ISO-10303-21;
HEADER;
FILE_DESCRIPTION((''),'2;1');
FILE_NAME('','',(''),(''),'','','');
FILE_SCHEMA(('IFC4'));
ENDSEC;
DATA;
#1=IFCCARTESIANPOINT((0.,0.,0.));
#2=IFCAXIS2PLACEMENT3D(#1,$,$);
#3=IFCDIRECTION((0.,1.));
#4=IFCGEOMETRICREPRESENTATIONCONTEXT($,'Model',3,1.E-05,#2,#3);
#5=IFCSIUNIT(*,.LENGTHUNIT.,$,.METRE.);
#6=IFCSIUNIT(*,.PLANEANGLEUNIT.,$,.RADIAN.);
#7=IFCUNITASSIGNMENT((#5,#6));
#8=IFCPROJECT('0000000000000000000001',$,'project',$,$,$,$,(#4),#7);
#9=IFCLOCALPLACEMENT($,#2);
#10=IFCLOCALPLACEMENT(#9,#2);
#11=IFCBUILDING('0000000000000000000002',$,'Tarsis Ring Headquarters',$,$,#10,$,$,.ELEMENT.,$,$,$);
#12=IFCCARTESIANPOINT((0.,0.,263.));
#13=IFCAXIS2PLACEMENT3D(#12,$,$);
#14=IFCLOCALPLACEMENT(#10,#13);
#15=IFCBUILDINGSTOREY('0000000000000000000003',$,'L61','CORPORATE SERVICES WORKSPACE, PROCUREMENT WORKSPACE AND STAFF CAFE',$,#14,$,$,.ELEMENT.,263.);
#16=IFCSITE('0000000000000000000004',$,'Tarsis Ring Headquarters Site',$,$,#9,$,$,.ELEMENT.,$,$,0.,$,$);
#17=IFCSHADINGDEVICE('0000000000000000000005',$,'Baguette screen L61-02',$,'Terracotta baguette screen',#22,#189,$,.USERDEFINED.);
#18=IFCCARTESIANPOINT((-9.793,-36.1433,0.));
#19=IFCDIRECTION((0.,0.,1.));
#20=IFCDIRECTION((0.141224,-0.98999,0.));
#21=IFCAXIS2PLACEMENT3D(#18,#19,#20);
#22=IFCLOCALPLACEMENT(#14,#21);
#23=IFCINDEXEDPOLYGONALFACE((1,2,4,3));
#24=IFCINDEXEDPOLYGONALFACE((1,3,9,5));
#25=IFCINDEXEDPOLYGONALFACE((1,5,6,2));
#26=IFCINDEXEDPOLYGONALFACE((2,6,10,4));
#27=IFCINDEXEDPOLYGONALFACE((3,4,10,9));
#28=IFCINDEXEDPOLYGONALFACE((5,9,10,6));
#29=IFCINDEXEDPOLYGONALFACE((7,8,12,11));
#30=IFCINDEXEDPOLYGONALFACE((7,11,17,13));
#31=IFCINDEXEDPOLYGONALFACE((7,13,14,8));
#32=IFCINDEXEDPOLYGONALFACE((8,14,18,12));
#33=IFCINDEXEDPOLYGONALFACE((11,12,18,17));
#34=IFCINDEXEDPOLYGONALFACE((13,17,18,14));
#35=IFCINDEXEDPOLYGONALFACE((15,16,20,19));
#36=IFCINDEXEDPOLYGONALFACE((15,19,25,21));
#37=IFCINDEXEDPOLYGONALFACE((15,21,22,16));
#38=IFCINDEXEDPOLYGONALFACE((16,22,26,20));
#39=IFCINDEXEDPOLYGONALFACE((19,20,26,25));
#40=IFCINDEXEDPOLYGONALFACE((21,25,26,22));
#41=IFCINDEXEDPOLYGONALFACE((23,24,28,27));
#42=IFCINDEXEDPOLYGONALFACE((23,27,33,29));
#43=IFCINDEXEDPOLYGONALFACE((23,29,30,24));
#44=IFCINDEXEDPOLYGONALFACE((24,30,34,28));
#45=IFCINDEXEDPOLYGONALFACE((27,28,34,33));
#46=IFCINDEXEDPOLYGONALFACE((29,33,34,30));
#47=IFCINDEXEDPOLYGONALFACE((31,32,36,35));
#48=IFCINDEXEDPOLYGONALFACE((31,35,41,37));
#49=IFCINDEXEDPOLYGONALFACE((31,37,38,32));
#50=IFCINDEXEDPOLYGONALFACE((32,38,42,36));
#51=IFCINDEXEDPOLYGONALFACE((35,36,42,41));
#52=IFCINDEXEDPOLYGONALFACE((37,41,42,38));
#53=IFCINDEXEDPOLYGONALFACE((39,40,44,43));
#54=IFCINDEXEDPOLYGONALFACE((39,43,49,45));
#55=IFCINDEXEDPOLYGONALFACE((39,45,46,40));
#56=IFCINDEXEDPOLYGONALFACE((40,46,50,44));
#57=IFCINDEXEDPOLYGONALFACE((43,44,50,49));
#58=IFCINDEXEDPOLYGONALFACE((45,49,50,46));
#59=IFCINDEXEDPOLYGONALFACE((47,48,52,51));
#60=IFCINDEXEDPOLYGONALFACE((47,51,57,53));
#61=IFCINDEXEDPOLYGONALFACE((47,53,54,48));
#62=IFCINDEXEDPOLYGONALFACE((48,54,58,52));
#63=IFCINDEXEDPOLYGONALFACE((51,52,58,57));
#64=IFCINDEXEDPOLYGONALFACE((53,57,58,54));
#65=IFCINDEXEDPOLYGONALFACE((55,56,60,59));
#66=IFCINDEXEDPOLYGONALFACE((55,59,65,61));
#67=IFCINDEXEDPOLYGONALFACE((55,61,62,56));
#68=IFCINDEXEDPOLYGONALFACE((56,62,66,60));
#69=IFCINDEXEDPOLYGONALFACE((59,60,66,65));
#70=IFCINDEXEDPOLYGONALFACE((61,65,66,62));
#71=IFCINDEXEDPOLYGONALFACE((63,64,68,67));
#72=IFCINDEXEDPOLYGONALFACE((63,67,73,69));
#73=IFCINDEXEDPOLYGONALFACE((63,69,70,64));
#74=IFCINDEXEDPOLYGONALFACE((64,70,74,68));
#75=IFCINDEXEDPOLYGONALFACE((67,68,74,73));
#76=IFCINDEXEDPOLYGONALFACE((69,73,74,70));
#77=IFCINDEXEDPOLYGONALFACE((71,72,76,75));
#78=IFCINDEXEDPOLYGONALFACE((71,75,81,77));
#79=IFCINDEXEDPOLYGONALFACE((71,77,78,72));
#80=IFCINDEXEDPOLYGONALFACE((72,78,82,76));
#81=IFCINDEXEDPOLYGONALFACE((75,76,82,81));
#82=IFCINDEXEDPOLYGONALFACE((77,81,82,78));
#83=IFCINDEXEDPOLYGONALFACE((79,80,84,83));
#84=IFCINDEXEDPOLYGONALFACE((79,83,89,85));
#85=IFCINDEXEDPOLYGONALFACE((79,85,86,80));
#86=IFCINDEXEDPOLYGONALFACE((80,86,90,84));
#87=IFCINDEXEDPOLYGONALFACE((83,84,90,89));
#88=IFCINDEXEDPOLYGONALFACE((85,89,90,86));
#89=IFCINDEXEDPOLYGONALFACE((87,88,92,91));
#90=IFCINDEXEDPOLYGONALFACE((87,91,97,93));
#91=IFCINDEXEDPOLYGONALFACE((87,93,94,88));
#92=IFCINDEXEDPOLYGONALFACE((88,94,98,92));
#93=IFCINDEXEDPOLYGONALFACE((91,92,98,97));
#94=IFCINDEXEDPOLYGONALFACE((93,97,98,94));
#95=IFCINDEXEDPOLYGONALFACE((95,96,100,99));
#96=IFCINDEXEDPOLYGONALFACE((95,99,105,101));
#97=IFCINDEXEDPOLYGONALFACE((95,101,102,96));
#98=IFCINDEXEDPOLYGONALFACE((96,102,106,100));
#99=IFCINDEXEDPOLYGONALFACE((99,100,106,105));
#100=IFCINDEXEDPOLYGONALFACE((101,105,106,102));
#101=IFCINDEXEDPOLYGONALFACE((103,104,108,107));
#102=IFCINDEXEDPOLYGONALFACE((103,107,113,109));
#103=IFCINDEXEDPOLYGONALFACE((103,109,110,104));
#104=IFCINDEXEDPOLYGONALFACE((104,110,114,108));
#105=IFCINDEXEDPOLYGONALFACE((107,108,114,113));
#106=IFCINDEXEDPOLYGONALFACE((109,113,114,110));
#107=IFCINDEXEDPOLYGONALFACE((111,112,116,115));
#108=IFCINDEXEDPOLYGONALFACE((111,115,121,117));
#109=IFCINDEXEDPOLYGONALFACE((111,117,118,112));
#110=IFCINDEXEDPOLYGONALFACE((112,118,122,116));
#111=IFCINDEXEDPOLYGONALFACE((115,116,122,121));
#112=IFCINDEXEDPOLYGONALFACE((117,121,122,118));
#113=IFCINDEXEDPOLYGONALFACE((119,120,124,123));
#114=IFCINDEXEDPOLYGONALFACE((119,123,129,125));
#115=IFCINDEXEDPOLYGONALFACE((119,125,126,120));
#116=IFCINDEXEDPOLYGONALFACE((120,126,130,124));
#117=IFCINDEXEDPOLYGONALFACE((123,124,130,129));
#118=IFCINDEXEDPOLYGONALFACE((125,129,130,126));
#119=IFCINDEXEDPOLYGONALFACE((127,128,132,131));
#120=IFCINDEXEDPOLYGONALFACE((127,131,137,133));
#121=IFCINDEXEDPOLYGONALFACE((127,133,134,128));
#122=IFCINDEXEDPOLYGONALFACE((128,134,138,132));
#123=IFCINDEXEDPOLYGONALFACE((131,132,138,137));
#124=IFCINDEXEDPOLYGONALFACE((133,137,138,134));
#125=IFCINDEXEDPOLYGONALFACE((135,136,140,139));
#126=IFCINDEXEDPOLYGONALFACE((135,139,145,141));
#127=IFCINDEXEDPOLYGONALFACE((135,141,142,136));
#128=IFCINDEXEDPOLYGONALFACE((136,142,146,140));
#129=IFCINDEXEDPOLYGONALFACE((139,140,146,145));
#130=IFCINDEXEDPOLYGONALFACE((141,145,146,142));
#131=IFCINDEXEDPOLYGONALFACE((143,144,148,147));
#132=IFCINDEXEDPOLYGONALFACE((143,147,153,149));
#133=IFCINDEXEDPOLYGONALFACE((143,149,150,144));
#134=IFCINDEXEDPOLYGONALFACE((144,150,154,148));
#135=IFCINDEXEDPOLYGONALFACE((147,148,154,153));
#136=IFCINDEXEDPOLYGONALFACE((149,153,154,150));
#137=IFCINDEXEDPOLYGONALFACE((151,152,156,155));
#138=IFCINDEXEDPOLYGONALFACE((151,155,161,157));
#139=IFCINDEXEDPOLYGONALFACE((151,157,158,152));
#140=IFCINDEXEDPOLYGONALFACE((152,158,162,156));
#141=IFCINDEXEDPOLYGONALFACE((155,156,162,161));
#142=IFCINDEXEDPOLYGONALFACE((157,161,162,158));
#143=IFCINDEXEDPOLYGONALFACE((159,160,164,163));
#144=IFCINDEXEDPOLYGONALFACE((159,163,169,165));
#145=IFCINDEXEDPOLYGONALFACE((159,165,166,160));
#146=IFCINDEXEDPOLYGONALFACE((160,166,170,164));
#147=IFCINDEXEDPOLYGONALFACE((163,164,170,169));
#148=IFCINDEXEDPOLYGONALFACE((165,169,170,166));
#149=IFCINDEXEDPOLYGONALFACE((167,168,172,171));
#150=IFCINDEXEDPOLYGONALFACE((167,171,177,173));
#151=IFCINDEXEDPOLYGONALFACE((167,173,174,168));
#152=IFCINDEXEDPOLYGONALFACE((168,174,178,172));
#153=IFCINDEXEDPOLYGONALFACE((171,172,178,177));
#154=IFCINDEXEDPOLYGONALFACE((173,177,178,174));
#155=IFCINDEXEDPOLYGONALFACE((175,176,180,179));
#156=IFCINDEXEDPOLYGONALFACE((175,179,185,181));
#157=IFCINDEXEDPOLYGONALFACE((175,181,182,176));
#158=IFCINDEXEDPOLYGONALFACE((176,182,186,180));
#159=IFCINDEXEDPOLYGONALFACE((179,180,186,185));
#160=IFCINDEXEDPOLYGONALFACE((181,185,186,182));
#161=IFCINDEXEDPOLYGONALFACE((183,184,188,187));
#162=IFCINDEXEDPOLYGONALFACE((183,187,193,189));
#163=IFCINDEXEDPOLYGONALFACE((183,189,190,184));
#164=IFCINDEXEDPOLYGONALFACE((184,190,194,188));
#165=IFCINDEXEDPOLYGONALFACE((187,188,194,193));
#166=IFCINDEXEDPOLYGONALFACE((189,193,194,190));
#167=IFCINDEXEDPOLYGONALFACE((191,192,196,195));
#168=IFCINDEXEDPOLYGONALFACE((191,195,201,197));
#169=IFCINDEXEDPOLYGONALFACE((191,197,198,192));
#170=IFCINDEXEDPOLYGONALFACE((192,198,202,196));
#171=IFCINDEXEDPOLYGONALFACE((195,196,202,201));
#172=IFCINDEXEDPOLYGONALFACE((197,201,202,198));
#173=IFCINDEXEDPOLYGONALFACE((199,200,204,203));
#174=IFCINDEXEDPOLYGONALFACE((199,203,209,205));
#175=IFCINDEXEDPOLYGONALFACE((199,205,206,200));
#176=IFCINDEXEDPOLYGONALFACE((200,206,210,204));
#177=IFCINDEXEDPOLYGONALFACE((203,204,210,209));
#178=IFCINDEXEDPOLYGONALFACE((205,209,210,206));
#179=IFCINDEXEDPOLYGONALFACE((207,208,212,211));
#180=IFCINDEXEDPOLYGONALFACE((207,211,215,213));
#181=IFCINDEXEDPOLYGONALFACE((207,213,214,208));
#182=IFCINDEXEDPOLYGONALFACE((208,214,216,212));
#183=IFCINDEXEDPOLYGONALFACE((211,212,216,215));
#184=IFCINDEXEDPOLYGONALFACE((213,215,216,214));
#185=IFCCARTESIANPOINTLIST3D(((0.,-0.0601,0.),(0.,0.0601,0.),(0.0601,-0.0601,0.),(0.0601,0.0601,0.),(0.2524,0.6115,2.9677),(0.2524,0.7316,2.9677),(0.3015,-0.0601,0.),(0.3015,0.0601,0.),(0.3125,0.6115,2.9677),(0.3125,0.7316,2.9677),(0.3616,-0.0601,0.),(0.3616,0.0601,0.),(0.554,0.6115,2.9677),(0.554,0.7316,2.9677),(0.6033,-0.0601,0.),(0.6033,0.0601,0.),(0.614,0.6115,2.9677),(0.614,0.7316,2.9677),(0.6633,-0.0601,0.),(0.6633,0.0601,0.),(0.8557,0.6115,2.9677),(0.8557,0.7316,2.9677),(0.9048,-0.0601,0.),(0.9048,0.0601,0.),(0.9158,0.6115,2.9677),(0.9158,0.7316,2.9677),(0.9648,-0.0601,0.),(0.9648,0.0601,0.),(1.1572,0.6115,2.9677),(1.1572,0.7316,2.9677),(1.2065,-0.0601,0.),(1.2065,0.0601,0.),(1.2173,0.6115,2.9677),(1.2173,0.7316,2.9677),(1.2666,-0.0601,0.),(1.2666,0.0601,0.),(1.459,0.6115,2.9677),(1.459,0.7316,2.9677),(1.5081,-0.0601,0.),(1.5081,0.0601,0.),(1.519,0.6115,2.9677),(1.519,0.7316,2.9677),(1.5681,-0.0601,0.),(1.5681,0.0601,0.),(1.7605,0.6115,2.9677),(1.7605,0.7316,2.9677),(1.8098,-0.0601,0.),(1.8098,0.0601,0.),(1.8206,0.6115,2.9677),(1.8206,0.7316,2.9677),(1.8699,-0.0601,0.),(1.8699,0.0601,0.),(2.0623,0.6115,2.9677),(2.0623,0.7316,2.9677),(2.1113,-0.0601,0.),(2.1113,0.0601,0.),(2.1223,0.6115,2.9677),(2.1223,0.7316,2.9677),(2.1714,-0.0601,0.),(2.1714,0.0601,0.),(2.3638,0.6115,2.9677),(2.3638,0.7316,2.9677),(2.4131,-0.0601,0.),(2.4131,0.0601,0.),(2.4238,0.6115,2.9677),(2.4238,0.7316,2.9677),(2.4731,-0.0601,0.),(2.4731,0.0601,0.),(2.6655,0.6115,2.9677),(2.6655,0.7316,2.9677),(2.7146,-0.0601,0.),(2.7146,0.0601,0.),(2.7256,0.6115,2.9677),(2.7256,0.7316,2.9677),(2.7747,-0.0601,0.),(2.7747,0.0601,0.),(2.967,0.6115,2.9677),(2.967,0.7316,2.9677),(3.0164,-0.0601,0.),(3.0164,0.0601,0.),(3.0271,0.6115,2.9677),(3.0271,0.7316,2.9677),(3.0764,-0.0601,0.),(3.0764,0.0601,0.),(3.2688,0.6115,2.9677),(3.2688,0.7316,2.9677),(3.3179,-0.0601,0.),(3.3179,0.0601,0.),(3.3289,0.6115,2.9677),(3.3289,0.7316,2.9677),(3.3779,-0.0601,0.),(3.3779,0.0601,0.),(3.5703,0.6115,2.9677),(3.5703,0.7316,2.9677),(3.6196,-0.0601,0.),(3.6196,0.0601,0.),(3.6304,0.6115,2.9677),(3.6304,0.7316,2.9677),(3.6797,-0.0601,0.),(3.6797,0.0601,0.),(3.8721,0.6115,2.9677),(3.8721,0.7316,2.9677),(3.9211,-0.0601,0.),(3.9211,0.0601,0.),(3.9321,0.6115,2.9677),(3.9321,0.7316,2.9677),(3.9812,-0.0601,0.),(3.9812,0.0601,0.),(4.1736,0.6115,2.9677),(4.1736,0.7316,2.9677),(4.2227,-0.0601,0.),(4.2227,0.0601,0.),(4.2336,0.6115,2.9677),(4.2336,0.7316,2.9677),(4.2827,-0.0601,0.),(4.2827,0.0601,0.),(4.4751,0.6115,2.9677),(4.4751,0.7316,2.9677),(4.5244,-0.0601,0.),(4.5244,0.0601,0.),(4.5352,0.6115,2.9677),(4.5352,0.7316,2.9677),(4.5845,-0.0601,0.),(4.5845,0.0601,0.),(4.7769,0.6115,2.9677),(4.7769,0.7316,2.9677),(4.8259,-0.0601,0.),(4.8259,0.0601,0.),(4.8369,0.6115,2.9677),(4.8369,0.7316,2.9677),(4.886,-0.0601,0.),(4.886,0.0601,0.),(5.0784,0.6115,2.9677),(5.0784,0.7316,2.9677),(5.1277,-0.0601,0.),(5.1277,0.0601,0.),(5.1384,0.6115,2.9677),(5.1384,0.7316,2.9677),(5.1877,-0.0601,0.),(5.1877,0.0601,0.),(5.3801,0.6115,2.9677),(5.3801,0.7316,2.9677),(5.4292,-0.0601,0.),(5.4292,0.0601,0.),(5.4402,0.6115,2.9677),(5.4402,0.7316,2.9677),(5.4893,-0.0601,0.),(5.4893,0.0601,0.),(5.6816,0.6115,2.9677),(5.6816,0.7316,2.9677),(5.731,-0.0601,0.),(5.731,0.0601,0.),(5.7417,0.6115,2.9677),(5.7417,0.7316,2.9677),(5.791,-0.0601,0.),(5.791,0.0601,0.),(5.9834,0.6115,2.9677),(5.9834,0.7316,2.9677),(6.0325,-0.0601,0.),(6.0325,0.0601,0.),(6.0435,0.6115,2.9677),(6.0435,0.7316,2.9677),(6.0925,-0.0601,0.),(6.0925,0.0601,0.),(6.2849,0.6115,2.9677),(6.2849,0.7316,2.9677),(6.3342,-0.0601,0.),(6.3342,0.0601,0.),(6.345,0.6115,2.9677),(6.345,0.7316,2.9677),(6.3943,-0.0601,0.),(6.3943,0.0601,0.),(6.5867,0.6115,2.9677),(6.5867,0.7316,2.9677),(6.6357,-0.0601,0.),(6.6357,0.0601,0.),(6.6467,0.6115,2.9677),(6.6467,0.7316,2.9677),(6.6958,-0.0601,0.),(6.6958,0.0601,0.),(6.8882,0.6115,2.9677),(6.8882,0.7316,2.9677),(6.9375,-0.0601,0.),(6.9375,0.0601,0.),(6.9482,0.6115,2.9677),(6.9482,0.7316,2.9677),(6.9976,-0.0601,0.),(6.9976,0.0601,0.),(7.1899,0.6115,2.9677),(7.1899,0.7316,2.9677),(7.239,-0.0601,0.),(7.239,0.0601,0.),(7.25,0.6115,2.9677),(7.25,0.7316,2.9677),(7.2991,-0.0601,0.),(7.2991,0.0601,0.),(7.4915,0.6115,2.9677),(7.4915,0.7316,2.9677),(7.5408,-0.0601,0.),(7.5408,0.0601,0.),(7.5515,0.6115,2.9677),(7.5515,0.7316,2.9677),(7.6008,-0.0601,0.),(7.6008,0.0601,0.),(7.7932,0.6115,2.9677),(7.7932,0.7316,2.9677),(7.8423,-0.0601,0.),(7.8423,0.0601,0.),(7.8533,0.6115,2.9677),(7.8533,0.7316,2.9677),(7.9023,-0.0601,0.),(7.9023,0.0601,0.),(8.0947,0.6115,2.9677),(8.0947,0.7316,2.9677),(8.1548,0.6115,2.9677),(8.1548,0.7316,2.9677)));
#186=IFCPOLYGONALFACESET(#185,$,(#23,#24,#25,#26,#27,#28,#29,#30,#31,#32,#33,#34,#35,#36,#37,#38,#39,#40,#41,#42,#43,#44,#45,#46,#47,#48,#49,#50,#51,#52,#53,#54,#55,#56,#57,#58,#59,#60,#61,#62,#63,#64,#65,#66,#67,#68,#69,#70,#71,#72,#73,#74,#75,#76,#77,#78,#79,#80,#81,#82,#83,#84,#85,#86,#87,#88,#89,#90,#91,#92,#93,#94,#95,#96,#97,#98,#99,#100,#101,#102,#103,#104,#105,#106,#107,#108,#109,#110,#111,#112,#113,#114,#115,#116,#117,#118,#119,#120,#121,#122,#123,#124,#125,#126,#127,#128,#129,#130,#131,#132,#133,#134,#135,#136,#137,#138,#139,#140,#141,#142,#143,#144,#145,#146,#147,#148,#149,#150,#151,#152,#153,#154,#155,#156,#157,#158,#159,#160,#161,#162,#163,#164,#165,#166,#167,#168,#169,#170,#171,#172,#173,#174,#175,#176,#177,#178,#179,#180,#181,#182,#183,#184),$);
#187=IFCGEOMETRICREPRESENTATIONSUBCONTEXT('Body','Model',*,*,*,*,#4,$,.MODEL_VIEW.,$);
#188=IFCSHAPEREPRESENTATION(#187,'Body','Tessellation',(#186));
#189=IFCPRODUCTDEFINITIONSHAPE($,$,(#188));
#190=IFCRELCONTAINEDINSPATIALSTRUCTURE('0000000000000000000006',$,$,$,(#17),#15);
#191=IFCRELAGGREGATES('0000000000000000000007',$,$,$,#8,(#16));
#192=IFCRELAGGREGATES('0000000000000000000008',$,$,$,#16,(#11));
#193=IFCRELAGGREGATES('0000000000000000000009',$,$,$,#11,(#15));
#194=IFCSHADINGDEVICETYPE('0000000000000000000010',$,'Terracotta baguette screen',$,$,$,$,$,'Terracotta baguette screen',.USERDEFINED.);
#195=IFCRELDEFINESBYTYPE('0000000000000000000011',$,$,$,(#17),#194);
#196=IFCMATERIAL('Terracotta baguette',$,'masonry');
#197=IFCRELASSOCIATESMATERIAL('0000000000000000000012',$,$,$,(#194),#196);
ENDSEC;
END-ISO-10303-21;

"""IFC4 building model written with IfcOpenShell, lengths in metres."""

from ifc_helpers import new_model, si_unit, direction, frame, frame_2d, origin, place, context, subcontext, project, spatial, rectangle, composite_profile, extrude, material, type_object, element, save


model = new_model("IFC4")

# Units and contexts
model_context = context("Model", 3, precision=1e-05, world=origin(), true_north=direction((0.0, 1.0)))
body_context = subcontext(model_context, "Body", "Model", "MODEL_VIEW")
ifc_project = project(units=[si_unit("LENGTHUNIT", "METRE"), si_unit("PLANEANGLEUNIT", "RADIAN")], contexts=[model_context])

# Site, building, storey
site_placement = place(None, origin())
site = spatial("IfcSite", under=ifc_project, at=site_placement, Name="Tarsis Ring Headquarters Site", CompositionType="ELEMENT", RefElevation=0.0)
building_placement = place(site_placement, origin())
building = spatial("IfcBuilding", under=site, at=building_placement, Name="Tarsis Ring Headquarters", CompositionType="ELEMENT")
storey_placement = place(building_placement, frame((0.0, 0.0, 263.0)))
storey = spatial("IfcBuildingStorey", under=building, at=storey_placement, Name="L61", Description="CORPORATE SERVICES WORKSPACE, PROCUREMENT WORKSPACE AND STAFF CAFE", CompositionType="ELEMENT", Elevation=263.0)

# Shading device
ifc_material_1 = material(Name="Terracotta baguette", Category="masonry")
shading_device_type_1 = type_object("IfcShadingDeviceType", Name="Terracotta baguette screen", ElementType="Terracotta baguette screen", PredefinedType="USERDEFINED", material=ifc_material_1)
shading_device_1_placement = place(storey_placement, frame((-9.793, -36.1433, 0.0), z_axis=(0.0, 0.0, 1.0), x_axis=(0.141224, -0.98999, 0.0)))
element("IfcShadingDevice", 1, at=shading_device_1_placement, inside=storey, type_object=shading_device_type_1, Name="Baguette screen L61-02", ObjectType="Terracotta baguette screen", PredefinedType="USERDEFINED", context=body_context, shape_type="SweptSolid", body=[
    extrude(composite_profile([rectangle(XDim=0.0601, YDim=0.1201, at=frame_2d((0.03, 0.0))), rectangle(XDim=0.0601, YDim=0.1201, at=frame_2d((0.3315, 0.0))), rectangle(XDim=0.0601, YDim=0.1201, at=frame_2d((0.6333, 0.0))), rectangle(XDim=0.0601, YDim=0.1201, at=frame_2d((0.9348, 0.0))), rectangle(XDim=0.0601, YDim=0.1201, at=frame_2d((1.2366, 0.0))), rectangle(XDim=0.0601, YDim=0.1201, at=frame_2d((1.5381, 0.0))), rectangle(XDim=0.0601, YDim=0.1201, at=frame_2d((1.8398, 0.0))), rectangle(XDim=0.0601, YDim=0.1201, at=frame_2d((2.1414, 0.0))), rectangle(XDim=0.0601, YDim=0.1201, at=frame_2d((2.4431, 0.0))), rectangle(XDim=0.0601, YDim=0.1201, at=frame_2d((2.7446, 0.0))), rectangle(XDim=0.0601, YDim=0.1201, at=frame_2d((3.0464, 0.0))), rectangle(XDim=0.0601, YDim=0.1201, at=frame_2d((3.3479, 0.0))), rectangle(XDim=0.0601, YDim=0.1201, at=frame_2d((3.6497, 0.0))), rectangle(XDim=0.0601, YDim=0.1201, at=frame_2d((3.9512, 0.0))), rectangle(XDim=0.0601, YDim=0.1201, at=frame_2d((4.2527, 0.0))), rectangle(XDim=0.0601, YDim=0.1201, at=frame_2d((4.5544, 0.0))), rectangle(XDim=0.0601, YDim=0.1201, at=frame_2d((4.856, 0.0))), rectangle(XDim=0.0601, YDim=0.1201, at=frame_2d((5.1577, 0.0))), rectangle(XDim=0.0601, YDim=0.1201, at=frame_2d((5.4592, 0.0))), rectangle(XDim=0.0601, YDim=0.1201, at=frame_2d((5.761, 0.0))), rectangle(XDim=0.0601, YDim=0.1201, at=frame_2d((6.0625, 0.0))), rectangle(XDim=0.0601, YDim=0.1201, at=frame_2d((6.3643, 0.0))), rectangle(XDim=0.0601, YDim=0.1201, at=frame_2d((6.6658, 0.0))), rectangle(XDim=0.0601, YDim=0.1201, at=frame_2d((6.9675, 0.0))), rectangle(XDim=0.0601, YDim=0.1201, at=frame_2d((7.269, 0.0))), rectangle(XDim=0.0601, YDim=0.1201, at=frame_2d((7.5708, 0.0))), rectangle(XDim=0.0601, YDim=0.1201, at=frame_2d((7.8723, 0.0)))]), origin(), (0.082679, 0.219945, 0.972002), 3.0532),
])

save(model, "model.ifc")
